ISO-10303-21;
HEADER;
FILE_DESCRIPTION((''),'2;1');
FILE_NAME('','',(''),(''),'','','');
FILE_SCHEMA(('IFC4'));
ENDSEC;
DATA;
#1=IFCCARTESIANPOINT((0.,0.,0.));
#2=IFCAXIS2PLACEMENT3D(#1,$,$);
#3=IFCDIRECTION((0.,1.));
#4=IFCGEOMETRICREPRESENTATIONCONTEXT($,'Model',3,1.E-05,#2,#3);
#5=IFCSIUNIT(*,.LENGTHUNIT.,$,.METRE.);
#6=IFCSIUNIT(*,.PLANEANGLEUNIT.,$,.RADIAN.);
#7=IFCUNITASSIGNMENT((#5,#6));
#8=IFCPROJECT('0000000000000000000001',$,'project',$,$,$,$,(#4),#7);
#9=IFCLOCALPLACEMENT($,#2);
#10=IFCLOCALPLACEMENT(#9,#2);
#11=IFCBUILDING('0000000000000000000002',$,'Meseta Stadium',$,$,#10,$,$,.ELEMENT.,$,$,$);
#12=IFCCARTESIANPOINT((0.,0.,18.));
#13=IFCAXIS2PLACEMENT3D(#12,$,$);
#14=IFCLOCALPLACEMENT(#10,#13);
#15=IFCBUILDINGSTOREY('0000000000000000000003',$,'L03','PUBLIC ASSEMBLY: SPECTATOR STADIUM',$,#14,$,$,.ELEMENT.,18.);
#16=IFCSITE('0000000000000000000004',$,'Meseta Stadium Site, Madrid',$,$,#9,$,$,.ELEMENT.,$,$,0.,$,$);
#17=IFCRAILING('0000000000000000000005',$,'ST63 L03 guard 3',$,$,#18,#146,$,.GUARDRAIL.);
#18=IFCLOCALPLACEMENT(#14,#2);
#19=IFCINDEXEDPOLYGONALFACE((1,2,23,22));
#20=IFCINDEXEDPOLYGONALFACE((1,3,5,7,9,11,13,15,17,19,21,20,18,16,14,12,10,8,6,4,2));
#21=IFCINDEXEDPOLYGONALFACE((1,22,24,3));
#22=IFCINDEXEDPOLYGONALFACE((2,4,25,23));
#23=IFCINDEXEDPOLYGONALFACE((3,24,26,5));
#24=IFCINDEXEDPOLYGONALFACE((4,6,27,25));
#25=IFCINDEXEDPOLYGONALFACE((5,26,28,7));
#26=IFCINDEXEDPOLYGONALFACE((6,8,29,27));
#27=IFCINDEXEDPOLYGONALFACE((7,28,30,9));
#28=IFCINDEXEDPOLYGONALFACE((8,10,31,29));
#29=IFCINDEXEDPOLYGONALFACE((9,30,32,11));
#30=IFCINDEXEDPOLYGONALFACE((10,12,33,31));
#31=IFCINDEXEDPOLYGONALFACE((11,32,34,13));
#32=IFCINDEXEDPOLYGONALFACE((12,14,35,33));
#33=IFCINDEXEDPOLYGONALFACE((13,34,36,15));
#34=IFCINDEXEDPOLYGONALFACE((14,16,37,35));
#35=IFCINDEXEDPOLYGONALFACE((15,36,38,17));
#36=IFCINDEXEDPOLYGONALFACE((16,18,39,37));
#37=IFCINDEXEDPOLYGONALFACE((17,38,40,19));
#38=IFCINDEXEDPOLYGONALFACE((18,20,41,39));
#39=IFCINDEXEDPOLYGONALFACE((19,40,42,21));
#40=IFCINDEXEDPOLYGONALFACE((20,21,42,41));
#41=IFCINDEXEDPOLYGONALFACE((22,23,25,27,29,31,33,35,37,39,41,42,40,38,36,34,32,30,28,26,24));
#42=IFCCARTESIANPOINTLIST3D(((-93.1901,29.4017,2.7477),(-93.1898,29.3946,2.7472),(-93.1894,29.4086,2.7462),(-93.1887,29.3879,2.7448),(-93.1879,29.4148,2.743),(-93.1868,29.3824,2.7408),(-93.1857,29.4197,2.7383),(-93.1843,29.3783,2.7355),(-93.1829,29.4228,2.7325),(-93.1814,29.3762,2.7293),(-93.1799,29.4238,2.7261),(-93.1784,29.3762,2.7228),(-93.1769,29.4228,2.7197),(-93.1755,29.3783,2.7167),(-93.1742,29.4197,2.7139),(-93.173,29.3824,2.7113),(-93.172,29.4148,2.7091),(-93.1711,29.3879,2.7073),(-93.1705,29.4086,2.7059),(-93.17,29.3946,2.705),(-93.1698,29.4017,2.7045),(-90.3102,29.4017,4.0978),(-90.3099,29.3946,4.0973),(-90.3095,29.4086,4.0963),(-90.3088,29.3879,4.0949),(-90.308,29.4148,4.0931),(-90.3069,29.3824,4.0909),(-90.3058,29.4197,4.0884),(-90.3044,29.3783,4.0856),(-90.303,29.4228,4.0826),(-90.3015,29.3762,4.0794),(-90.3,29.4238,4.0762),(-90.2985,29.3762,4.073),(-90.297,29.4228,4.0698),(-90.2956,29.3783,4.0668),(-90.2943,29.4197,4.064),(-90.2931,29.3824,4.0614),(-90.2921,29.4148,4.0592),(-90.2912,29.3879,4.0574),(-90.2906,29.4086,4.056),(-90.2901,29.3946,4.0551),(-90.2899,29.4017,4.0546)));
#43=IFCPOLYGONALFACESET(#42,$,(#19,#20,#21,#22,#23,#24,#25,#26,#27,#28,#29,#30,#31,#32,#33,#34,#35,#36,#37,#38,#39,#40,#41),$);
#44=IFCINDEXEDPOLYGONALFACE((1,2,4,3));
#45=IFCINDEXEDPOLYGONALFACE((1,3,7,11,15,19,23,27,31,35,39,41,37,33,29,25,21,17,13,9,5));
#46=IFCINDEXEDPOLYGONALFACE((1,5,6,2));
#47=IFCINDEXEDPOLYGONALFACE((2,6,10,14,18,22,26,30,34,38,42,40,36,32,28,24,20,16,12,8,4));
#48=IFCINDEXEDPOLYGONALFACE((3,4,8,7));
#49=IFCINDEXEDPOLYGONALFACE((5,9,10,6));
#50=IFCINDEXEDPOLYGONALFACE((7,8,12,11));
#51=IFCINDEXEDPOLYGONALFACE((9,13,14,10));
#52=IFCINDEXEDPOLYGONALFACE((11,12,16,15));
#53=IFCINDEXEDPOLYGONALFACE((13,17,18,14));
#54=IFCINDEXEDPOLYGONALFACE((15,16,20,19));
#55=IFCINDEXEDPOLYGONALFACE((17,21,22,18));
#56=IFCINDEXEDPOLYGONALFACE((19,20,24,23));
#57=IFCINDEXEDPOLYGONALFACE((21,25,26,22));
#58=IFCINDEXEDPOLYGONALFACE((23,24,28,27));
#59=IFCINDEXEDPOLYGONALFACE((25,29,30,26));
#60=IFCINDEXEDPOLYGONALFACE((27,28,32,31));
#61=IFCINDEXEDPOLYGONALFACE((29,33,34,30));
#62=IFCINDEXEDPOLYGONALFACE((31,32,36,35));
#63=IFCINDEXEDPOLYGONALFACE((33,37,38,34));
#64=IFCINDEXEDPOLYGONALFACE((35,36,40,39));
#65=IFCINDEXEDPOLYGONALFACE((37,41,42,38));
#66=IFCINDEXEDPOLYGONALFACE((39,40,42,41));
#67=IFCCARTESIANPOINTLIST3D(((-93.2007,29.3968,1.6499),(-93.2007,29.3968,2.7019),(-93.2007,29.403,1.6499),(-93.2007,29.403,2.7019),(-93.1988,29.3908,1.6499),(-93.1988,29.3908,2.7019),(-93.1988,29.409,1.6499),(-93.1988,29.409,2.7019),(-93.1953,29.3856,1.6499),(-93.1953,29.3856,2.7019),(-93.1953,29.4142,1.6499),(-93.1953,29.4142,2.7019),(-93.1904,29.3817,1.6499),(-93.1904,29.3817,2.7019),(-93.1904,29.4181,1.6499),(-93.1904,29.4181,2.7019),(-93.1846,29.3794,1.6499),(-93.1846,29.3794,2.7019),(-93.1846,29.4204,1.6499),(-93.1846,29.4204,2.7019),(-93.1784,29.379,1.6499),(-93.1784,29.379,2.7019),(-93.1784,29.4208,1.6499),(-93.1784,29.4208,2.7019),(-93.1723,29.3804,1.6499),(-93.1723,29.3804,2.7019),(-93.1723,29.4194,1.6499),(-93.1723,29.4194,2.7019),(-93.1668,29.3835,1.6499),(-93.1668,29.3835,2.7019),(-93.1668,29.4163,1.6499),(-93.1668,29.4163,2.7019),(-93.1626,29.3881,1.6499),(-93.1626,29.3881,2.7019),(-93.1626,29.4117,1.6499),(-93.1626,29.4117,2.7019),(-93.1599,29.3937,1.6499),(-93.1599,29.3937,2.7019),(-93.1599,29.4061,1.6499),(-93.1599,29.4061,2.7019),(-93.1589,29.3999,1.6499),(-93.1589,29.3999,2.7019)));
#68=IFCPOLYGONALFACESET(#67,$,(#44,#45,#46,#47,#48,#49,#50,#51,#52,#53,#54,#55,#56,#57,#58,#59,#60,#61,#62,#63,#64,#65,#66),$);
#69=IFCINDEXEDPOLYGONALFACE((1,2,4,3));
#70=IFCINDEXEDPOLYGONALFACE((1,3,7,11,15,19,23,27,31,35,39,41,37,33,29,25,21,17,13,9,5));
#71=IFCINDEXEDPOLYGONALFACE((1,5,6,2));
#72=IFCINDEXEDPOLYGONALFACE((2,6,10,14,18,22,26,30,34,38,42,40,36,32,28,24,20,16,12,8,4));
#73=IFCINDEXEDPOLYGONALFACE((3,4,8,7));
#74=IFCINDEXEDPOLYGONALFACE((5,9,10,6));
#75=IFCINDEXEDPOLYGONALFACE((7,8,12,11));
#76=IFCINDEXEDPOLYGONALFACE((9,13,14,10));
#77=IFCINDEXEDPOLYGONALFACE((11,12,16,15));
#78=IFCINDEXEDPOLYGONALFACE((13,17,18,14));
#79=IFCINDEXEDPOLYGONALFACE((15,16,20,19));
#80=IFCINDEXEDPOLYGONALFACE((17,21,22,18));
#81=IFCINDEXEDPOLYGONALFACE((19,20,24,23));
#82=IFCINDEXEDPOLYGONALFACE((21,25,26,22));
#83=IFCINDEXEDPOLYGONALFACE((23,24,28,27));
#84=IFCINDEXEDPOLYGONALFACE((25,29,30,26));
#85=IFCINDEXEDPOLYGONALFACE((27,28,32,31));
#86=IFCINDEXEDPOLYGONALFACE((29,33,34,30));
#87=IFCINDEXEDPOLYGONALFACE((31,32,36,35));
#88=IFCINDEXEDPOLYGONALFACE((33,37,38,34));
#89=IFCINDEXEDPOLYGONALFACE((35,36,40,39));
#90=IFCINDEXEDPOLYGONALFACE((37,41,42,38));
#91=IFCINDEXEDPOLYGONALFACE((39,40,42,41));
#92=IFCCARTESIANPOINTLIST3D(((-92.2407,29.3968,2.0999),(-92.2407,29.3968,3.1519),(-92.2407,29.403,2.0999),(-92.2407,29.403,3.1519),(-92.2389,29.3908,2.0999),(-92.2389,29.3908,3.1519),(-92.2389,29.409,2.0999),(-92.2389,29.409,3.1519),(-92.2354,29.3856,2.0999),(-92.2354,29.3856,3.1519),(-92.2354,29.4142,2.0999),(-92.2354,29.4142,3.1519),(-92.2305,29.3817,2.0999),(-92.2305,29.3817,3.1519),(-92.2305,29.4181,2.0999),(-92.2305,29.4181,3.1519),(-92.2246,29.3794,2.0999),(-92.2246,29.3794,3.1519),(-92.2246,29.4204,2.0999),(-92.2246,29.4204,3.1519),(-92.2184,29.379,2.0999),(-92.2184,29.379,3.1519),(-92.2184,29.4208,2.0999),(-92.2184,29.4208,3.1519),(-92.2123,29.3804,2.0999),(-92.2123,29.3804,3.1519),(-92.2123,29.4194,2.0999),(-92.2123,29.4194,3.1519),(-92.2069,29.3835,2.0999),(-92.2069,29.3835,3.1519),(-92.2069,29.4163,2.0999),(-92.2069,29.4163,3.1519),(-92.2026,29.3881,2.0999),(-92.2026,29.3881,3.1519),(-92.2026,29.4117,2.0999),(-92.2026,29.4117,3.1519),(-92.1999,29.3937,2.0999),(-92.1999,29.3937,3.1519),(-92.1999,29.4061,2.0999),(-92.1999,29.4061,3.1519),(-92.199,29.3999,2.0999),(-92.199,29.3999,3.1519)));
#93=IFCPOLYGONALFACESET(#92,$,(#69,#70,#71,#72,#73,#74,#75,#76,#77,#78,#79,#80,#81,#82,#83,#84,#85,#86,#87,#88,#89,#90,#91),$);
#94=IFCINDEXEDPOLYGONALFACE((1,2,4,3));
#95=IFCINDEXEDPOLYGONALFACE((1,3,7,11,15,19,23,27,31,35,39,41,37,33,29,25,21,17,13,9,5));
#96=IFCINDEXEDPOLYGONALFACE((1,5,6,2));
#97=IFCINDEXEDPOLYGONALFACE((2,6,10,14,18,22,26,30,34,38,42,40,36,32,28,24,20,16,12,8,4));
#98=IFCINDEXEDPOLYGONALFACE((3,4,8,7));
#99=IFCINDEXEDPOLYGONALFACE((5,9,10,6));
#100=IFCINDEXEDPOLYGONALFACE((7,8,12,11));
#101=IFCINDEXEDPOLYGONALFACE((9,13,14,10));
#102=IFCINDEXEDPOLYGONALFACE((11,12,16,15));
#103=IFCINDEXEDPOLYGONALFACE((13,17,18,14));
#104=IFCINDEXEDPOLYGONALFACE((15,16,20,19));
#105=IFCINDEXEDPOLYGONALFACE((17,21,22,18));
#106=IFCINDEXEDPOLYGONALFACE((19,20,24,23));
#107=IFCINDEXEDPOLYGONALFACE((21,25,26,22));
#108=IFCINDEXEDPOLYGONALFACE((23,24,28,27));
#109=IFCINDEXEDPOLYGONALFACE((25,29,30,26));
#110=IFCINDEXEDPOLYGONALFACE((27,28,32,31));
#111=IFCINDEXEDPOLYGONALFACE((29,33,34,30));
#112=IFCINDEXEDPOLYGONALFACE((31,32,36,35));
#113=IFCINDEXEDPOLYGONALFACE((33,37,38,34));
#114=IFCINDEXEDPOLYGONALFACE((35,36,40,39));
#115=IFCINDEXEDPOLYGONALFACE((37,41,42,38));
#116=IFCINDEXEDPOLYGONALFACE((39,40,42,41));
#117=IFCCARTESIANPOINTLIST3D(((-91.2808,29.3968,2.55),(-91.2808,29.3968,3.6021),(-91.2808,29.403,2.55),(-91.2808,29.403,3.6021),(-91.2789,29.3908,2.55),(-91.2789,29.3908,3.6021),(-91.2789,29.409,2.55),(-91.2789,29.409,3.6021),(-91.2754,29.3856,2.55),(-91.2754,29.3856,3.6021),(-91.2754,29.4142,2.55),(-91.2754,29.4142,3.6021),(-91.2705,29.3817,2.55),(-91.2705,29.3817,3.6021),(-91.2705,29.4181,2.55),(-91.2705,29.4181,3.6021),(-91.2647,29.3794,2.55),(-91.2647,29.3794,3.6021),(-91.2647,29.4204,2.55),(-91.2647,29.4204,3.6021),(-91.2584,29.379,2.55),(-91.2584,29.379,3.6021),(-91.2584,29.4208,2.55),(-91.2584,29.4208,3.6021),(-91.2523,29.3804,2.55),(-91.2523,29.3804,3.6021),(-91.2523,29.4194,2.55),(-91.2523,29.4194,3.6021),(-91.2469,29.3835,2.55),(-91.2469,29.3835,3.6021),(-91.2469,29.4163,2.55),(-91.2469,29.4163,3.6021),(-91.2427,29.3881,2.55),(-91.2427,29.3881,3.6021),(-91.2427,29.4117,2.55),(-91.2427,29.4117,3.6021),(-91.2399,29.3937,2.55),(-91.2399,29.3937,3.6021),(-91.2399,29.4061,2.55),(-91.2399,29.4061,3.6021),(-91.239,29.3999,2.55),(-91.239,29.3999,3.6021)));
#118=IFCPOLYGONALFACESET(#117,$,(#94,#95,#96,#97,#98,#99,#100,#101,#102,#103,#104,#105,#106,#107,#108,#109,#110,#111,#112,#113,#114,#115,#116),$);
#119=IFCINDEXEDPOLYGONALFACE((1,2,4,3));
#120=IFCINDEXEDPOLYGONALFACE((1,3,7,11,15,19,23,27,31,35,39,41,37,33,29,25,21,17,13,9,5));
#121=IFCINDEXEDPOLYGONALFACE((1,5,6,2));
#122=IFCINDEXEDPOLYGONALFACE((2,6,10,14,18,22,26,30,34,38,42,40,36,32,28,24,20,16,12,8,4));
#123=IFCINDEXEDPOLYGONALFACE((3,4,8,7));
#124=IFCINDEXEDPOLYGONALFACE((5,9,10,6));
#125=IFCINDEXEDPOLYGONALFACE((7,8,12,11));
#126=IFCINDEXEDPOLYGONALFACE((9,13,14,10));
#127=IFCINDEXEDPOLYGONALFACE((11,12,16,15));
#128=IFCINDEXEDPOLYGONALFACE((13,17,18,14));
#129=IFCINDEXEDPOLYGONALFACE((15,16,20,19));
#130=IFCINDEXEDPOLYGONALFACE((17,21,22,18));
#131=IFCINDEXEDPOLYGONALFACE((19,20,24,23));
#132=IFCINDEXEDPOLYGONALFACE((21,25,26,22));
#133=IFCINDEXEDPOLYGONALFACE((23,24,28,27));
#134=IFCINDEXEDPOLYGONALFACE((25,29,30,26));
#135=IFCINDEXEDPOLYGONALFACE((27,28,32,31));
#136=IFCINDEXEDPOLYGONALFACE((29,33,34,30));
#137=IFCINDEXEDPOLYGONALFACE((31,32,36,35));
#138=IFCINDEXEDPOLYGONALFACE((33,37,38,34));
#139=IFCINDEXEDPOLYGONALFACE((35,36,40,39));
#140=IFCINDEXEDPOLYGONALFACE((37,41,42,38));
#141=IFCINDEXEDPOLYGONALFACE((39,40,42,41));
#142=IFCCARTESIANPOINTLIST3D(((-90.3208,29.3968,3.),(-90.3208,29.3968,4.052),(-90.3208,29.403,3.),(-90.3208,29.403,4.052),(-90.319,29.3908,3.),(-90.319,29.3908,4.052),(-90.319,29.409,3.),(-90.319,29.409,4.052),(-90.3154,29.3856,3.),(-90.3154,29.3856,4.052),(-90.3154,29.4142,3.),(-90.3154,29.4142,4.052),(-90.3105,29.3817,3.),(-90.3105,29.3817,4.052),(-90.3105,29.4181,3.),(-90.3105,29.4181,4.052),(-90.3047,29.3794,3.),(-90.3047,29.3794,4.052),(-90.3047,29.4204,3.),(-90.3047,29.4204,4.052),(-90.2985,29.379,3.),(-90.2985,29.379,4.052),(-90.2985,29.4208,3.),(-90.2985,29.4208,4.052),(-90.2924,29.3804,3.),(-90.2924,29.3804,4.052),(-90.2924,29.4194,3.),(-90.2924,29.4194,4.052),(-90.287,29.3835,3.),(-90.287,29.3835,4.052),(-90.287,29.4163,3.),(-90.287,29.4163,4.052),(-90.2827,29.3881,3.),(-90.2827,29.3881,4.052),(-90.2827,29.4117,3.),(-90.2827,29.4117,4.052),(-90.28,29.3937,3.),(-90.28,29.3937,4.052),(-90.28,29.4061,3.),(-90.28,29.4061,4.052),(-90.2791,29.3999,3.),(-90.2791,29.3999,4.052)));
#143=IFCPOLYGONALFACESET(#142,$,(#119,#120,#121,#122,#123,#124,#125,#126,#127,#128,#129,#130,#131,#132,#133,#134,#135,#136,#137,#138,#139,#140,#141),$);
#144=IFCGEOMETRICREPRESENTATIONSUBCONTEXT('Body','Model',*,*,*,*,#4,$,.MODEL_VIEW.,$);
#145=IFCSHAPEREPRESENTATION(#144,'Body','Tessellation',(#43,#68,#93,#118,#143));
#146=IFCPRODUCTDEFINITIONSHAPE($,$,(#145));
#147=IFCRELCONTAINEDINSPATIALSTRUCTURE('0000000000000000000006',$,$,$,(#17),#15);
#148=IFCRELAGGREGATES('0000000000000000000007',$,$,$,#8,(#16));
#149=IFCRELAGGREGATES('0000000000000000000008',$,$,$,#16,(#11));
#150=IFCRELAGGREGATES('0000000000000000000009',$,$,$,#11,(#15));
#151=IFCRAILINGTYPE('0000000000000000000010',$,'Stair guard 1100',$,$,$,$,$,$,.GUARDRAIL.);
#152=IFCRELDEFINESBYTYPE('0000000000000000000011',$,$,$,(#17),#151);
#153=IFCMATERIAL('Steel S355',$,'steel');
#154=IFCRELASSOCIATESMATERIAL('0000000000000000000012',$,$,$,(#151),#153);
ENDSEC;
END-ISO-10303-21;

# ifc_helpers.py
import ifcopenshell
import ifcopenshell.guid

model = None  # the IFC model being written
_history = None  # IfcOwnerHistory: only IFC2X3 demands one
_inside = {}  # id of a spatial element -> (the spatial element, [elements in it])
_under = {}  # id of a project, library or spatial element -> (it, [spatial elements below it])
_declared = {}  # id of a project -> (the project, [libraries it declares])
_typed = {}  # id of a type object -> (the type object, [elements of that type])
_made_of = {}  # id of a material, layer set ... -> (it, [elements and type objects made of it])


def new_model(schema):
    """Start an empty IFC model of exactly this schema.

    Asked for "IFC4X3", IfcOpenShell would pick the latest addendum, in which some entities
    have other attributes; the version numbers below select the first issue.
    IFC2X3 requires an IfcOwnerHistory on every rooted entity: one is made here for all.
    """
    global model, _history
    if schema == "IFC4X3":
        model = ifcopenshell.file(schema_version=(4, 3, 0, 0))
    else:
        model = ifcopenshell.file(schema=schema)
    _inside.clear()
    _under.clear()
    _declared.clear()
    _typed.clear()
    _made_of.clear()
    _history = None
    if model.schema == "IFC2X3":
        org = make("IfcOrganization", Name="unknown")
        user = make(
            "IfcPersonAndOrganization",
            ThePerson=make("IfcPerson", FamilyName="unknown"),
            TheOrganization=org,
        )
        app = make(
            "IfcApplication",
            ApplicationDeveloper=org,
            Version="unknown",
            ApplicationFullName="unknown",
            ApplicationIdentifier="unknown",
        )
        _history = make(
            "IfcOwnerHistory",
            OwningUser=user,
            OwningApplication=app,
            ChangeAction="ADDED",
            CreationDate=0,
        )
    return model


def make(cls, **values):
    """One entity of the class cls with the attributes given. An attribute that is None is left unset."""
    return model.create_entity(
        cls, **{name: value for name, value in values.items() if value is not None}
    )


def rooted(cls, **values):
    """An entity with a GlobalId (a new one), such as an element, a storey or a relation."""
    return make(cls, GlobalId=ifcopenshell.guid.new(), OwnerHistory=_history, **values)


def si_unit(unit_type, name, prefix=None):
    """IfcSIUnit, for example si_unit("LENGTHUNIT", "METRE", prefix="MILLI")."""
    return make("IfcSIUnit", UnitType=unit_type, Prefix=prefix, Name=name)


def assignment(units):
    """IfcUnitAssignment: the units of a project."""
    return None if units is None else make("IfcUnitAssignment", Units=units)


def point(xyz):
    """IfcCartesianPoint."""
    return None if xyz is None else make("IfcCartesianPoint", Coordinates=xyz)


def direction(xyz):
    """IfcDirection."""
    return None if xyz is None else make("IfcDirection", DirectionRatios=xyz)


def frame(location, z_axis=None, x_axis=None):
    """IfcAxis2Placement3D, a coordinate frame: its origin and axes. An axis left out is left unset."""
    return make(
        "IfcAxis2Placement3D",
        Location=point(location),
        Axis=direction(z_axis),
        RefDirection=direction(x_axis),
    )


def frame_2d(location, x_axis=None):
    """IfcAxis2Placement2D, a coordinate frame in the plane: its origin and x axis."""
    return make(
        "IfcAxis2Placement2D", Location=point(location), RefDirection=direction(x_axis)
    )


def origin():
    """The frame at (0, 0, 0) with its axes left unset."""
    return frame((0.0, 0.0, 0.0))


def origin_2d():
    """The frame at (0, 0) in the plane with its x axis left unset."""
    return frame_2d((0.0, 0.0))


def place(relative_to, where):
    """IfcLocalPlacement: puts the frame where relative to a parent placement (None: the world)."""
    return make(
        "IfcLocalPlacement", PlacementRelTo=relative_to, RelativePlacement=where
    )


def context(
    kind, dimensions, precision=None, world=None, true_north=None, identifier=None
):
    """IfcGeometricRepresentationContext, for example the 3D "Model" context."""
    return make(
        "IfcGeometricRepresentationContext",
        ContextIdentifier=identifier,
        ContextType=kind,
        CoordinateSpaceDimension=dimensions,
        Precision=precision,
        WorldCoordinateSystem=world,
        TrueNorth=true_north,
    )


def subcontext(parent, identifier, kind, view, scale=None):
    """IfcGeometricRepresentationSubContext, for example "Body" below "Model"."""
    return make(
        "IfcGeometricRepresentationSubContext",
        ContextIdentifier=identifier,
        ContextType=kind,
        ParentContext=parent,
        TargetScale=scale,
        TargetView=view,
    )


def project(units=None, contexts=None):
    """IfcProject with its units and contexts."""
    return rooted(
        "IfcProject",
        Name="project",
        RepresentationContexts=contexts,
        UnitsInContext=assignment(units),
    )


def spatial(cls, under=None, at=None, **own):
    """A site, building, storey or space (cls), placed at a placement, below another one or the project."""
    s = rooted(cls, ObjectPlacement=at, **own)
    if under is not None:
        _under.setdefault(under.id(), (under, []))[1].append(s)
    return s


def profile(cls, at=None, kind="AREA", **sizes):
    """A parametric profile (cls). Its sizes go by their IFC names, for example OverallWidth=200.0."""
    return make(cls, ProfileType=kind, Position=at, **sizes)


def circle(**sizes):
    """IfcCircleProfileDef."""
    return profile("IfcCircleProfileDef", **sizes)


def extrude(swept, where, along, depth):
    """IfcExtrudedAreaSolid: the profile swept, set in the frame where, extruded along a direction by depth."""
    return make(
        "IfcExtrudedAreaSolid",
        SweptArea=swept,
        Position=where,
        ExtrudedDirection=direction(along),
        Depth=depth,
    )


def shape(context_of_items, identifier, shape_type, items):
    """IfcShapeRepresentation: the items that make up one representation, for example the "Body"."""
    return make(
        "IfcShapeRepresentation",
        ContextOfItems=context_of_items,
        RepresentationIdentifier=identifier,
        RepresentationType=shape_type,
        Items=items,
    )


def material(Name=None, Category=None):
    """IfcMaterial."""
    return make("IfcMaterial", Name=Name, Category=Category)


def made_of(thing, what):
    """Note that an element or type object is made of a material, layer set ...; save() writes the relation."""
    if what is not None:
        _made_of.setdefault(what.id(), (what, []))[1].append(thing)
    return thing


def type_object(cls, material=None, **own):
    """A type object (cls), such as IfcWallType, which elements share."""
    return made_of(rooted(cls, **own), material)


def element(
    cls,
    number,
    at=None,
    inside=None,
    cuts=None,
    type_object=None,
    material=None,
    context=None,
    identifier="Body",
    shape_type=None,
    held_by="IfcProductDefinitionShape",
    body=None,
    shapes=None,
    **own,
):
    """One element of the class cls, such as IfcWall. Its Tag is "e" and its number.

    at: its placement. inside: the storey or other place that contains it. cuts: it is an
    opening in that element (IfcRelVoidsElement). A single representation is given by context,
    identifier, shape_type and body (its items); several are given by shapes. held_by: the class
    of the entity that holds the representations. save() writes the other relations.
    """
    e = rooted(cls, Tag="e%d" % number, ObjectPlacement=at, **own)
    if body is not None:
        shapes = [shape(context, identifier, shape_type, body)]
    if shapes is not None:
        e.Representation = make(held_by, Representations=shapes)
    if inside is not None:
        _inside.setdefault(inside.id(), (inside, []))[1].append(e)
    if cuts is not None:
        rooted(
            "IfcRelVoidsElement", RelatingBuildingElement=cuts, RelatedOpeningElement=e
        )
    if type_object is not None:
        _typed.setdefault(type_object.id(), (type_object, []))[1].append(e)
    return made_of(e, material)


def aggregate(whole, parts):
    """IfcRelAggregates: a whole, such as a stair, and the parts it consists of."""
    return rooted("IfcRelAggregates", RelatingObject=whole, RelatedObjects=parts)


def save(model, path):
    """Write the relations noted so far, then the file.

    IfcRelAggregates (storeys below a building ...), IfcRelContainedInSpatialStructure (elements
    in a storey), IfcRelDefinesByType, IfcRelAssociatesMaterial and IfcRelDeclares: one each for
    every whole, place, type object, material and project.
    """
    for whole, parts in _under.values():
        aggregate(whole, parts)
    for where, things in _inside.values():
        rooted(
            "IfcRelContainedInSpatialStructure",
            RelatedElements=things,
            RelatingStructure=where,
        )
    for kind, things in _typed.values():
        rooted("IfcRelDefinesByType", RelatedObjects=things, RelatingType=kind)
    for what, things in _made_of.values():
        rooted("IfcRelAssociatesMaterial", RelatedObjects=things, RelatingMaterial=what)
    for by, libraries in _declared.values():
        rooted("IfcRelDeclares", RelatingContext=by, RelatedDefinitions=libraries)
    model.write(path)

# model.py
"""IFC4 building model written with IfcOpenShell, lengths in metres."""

from ifc_helpers import new_model, si_unit, direction, frame, origin, origin_2d, place, context, subcontext, project, spatial, circle, extrude, material, type_object, element, save


model = new_model("IFC4")

# Units and contexts
model_context = context("Model", 3, precision=1e-05, world=origin(), true_north=direction((0.0, 1.0)))
body_context = subcontext(model_context, "Body", "Model", "MODEL_VIEW")
ifc_project = project(units=[si_unit("LENGTHUNIT", "METRE"), si_unit("PLANEANGLEUNIT", "RADIAN")], contexts=[model_context])

# Site, building, storey
site_placement = place(None, origin())
site = spatial("IfcSite", under=ifc_project, at=site_placement, Name="Meseta Stadium Site, Madrid", CompositionType="ELEMENT", RefElevation=0.0)
building_placement = place(site_placement, origin())
building = spatial("IfcBuilding", under=site, at=building_placement, Name="Meseta Stadium", CompositionType="ELEMENT")
storey_placement = place(building_placement, frame((0.0, 0.0, 18.0)))
storey = spatial("IfcBuildingStorey", under=building, at=storey_placement, Name="L03", Description="PUBLIC ASSEMBLY: SPECTATOR STADIUM", CompositionType="ELEMENT", Elevation=18.0)

# Railing
ifc_material_1 = material(Name="Steel S355", Category="steel")
railing_type_1 = type_object("IfcRailingType", Name="Stair guard 1100", PredefinedType="GUARDRAIL", material=ifc_material_1)
railing_1_placement = place(storey_placement, frame((-93.1799, 29.3999, 1.6499)))
element("IfcRailing", 1, at=railing_1_placement, inside=storey, type_object=railing_type_1, Name="ST63 L03 guard 3", PredefinedType="GUARDRAIL", context=body_context, shape_type="SweptSolid", body=[
    extrude(circle(Radius=0.0239, at=origin_2d()), frame((0.0, 0.0, 1.0762), z_axis=(0.90544, 0.0, 0.424473), x_axis=(0.0, 1.0, 0.0)), (0.0, 0.0, 1.0), 3.1807),
    extrude(circle(Radius=0.021, at=origin_2d()), origin(), (0.0, 0.0, 1.0), 1.052),
    extrude(circle(Radius=0.021, at=origin_2d()), frame((0.96, 0.0, 0.45)), (0.0, 0.0, 1.0), 1.052),
    extrude(circle(Radius=0.021, at=origin_2d()), frame((1.9199, 0.0, 0.9001)), (0.0, 0.0, 1.0), 1.052),
    extrude(circle(Radius=0.021, at=origin_2d()), frame((2.8799, 0.0, 1.3501)), (0.0, 0.0, 1.0), 1.052),
])

save(model, "model.ifc")
